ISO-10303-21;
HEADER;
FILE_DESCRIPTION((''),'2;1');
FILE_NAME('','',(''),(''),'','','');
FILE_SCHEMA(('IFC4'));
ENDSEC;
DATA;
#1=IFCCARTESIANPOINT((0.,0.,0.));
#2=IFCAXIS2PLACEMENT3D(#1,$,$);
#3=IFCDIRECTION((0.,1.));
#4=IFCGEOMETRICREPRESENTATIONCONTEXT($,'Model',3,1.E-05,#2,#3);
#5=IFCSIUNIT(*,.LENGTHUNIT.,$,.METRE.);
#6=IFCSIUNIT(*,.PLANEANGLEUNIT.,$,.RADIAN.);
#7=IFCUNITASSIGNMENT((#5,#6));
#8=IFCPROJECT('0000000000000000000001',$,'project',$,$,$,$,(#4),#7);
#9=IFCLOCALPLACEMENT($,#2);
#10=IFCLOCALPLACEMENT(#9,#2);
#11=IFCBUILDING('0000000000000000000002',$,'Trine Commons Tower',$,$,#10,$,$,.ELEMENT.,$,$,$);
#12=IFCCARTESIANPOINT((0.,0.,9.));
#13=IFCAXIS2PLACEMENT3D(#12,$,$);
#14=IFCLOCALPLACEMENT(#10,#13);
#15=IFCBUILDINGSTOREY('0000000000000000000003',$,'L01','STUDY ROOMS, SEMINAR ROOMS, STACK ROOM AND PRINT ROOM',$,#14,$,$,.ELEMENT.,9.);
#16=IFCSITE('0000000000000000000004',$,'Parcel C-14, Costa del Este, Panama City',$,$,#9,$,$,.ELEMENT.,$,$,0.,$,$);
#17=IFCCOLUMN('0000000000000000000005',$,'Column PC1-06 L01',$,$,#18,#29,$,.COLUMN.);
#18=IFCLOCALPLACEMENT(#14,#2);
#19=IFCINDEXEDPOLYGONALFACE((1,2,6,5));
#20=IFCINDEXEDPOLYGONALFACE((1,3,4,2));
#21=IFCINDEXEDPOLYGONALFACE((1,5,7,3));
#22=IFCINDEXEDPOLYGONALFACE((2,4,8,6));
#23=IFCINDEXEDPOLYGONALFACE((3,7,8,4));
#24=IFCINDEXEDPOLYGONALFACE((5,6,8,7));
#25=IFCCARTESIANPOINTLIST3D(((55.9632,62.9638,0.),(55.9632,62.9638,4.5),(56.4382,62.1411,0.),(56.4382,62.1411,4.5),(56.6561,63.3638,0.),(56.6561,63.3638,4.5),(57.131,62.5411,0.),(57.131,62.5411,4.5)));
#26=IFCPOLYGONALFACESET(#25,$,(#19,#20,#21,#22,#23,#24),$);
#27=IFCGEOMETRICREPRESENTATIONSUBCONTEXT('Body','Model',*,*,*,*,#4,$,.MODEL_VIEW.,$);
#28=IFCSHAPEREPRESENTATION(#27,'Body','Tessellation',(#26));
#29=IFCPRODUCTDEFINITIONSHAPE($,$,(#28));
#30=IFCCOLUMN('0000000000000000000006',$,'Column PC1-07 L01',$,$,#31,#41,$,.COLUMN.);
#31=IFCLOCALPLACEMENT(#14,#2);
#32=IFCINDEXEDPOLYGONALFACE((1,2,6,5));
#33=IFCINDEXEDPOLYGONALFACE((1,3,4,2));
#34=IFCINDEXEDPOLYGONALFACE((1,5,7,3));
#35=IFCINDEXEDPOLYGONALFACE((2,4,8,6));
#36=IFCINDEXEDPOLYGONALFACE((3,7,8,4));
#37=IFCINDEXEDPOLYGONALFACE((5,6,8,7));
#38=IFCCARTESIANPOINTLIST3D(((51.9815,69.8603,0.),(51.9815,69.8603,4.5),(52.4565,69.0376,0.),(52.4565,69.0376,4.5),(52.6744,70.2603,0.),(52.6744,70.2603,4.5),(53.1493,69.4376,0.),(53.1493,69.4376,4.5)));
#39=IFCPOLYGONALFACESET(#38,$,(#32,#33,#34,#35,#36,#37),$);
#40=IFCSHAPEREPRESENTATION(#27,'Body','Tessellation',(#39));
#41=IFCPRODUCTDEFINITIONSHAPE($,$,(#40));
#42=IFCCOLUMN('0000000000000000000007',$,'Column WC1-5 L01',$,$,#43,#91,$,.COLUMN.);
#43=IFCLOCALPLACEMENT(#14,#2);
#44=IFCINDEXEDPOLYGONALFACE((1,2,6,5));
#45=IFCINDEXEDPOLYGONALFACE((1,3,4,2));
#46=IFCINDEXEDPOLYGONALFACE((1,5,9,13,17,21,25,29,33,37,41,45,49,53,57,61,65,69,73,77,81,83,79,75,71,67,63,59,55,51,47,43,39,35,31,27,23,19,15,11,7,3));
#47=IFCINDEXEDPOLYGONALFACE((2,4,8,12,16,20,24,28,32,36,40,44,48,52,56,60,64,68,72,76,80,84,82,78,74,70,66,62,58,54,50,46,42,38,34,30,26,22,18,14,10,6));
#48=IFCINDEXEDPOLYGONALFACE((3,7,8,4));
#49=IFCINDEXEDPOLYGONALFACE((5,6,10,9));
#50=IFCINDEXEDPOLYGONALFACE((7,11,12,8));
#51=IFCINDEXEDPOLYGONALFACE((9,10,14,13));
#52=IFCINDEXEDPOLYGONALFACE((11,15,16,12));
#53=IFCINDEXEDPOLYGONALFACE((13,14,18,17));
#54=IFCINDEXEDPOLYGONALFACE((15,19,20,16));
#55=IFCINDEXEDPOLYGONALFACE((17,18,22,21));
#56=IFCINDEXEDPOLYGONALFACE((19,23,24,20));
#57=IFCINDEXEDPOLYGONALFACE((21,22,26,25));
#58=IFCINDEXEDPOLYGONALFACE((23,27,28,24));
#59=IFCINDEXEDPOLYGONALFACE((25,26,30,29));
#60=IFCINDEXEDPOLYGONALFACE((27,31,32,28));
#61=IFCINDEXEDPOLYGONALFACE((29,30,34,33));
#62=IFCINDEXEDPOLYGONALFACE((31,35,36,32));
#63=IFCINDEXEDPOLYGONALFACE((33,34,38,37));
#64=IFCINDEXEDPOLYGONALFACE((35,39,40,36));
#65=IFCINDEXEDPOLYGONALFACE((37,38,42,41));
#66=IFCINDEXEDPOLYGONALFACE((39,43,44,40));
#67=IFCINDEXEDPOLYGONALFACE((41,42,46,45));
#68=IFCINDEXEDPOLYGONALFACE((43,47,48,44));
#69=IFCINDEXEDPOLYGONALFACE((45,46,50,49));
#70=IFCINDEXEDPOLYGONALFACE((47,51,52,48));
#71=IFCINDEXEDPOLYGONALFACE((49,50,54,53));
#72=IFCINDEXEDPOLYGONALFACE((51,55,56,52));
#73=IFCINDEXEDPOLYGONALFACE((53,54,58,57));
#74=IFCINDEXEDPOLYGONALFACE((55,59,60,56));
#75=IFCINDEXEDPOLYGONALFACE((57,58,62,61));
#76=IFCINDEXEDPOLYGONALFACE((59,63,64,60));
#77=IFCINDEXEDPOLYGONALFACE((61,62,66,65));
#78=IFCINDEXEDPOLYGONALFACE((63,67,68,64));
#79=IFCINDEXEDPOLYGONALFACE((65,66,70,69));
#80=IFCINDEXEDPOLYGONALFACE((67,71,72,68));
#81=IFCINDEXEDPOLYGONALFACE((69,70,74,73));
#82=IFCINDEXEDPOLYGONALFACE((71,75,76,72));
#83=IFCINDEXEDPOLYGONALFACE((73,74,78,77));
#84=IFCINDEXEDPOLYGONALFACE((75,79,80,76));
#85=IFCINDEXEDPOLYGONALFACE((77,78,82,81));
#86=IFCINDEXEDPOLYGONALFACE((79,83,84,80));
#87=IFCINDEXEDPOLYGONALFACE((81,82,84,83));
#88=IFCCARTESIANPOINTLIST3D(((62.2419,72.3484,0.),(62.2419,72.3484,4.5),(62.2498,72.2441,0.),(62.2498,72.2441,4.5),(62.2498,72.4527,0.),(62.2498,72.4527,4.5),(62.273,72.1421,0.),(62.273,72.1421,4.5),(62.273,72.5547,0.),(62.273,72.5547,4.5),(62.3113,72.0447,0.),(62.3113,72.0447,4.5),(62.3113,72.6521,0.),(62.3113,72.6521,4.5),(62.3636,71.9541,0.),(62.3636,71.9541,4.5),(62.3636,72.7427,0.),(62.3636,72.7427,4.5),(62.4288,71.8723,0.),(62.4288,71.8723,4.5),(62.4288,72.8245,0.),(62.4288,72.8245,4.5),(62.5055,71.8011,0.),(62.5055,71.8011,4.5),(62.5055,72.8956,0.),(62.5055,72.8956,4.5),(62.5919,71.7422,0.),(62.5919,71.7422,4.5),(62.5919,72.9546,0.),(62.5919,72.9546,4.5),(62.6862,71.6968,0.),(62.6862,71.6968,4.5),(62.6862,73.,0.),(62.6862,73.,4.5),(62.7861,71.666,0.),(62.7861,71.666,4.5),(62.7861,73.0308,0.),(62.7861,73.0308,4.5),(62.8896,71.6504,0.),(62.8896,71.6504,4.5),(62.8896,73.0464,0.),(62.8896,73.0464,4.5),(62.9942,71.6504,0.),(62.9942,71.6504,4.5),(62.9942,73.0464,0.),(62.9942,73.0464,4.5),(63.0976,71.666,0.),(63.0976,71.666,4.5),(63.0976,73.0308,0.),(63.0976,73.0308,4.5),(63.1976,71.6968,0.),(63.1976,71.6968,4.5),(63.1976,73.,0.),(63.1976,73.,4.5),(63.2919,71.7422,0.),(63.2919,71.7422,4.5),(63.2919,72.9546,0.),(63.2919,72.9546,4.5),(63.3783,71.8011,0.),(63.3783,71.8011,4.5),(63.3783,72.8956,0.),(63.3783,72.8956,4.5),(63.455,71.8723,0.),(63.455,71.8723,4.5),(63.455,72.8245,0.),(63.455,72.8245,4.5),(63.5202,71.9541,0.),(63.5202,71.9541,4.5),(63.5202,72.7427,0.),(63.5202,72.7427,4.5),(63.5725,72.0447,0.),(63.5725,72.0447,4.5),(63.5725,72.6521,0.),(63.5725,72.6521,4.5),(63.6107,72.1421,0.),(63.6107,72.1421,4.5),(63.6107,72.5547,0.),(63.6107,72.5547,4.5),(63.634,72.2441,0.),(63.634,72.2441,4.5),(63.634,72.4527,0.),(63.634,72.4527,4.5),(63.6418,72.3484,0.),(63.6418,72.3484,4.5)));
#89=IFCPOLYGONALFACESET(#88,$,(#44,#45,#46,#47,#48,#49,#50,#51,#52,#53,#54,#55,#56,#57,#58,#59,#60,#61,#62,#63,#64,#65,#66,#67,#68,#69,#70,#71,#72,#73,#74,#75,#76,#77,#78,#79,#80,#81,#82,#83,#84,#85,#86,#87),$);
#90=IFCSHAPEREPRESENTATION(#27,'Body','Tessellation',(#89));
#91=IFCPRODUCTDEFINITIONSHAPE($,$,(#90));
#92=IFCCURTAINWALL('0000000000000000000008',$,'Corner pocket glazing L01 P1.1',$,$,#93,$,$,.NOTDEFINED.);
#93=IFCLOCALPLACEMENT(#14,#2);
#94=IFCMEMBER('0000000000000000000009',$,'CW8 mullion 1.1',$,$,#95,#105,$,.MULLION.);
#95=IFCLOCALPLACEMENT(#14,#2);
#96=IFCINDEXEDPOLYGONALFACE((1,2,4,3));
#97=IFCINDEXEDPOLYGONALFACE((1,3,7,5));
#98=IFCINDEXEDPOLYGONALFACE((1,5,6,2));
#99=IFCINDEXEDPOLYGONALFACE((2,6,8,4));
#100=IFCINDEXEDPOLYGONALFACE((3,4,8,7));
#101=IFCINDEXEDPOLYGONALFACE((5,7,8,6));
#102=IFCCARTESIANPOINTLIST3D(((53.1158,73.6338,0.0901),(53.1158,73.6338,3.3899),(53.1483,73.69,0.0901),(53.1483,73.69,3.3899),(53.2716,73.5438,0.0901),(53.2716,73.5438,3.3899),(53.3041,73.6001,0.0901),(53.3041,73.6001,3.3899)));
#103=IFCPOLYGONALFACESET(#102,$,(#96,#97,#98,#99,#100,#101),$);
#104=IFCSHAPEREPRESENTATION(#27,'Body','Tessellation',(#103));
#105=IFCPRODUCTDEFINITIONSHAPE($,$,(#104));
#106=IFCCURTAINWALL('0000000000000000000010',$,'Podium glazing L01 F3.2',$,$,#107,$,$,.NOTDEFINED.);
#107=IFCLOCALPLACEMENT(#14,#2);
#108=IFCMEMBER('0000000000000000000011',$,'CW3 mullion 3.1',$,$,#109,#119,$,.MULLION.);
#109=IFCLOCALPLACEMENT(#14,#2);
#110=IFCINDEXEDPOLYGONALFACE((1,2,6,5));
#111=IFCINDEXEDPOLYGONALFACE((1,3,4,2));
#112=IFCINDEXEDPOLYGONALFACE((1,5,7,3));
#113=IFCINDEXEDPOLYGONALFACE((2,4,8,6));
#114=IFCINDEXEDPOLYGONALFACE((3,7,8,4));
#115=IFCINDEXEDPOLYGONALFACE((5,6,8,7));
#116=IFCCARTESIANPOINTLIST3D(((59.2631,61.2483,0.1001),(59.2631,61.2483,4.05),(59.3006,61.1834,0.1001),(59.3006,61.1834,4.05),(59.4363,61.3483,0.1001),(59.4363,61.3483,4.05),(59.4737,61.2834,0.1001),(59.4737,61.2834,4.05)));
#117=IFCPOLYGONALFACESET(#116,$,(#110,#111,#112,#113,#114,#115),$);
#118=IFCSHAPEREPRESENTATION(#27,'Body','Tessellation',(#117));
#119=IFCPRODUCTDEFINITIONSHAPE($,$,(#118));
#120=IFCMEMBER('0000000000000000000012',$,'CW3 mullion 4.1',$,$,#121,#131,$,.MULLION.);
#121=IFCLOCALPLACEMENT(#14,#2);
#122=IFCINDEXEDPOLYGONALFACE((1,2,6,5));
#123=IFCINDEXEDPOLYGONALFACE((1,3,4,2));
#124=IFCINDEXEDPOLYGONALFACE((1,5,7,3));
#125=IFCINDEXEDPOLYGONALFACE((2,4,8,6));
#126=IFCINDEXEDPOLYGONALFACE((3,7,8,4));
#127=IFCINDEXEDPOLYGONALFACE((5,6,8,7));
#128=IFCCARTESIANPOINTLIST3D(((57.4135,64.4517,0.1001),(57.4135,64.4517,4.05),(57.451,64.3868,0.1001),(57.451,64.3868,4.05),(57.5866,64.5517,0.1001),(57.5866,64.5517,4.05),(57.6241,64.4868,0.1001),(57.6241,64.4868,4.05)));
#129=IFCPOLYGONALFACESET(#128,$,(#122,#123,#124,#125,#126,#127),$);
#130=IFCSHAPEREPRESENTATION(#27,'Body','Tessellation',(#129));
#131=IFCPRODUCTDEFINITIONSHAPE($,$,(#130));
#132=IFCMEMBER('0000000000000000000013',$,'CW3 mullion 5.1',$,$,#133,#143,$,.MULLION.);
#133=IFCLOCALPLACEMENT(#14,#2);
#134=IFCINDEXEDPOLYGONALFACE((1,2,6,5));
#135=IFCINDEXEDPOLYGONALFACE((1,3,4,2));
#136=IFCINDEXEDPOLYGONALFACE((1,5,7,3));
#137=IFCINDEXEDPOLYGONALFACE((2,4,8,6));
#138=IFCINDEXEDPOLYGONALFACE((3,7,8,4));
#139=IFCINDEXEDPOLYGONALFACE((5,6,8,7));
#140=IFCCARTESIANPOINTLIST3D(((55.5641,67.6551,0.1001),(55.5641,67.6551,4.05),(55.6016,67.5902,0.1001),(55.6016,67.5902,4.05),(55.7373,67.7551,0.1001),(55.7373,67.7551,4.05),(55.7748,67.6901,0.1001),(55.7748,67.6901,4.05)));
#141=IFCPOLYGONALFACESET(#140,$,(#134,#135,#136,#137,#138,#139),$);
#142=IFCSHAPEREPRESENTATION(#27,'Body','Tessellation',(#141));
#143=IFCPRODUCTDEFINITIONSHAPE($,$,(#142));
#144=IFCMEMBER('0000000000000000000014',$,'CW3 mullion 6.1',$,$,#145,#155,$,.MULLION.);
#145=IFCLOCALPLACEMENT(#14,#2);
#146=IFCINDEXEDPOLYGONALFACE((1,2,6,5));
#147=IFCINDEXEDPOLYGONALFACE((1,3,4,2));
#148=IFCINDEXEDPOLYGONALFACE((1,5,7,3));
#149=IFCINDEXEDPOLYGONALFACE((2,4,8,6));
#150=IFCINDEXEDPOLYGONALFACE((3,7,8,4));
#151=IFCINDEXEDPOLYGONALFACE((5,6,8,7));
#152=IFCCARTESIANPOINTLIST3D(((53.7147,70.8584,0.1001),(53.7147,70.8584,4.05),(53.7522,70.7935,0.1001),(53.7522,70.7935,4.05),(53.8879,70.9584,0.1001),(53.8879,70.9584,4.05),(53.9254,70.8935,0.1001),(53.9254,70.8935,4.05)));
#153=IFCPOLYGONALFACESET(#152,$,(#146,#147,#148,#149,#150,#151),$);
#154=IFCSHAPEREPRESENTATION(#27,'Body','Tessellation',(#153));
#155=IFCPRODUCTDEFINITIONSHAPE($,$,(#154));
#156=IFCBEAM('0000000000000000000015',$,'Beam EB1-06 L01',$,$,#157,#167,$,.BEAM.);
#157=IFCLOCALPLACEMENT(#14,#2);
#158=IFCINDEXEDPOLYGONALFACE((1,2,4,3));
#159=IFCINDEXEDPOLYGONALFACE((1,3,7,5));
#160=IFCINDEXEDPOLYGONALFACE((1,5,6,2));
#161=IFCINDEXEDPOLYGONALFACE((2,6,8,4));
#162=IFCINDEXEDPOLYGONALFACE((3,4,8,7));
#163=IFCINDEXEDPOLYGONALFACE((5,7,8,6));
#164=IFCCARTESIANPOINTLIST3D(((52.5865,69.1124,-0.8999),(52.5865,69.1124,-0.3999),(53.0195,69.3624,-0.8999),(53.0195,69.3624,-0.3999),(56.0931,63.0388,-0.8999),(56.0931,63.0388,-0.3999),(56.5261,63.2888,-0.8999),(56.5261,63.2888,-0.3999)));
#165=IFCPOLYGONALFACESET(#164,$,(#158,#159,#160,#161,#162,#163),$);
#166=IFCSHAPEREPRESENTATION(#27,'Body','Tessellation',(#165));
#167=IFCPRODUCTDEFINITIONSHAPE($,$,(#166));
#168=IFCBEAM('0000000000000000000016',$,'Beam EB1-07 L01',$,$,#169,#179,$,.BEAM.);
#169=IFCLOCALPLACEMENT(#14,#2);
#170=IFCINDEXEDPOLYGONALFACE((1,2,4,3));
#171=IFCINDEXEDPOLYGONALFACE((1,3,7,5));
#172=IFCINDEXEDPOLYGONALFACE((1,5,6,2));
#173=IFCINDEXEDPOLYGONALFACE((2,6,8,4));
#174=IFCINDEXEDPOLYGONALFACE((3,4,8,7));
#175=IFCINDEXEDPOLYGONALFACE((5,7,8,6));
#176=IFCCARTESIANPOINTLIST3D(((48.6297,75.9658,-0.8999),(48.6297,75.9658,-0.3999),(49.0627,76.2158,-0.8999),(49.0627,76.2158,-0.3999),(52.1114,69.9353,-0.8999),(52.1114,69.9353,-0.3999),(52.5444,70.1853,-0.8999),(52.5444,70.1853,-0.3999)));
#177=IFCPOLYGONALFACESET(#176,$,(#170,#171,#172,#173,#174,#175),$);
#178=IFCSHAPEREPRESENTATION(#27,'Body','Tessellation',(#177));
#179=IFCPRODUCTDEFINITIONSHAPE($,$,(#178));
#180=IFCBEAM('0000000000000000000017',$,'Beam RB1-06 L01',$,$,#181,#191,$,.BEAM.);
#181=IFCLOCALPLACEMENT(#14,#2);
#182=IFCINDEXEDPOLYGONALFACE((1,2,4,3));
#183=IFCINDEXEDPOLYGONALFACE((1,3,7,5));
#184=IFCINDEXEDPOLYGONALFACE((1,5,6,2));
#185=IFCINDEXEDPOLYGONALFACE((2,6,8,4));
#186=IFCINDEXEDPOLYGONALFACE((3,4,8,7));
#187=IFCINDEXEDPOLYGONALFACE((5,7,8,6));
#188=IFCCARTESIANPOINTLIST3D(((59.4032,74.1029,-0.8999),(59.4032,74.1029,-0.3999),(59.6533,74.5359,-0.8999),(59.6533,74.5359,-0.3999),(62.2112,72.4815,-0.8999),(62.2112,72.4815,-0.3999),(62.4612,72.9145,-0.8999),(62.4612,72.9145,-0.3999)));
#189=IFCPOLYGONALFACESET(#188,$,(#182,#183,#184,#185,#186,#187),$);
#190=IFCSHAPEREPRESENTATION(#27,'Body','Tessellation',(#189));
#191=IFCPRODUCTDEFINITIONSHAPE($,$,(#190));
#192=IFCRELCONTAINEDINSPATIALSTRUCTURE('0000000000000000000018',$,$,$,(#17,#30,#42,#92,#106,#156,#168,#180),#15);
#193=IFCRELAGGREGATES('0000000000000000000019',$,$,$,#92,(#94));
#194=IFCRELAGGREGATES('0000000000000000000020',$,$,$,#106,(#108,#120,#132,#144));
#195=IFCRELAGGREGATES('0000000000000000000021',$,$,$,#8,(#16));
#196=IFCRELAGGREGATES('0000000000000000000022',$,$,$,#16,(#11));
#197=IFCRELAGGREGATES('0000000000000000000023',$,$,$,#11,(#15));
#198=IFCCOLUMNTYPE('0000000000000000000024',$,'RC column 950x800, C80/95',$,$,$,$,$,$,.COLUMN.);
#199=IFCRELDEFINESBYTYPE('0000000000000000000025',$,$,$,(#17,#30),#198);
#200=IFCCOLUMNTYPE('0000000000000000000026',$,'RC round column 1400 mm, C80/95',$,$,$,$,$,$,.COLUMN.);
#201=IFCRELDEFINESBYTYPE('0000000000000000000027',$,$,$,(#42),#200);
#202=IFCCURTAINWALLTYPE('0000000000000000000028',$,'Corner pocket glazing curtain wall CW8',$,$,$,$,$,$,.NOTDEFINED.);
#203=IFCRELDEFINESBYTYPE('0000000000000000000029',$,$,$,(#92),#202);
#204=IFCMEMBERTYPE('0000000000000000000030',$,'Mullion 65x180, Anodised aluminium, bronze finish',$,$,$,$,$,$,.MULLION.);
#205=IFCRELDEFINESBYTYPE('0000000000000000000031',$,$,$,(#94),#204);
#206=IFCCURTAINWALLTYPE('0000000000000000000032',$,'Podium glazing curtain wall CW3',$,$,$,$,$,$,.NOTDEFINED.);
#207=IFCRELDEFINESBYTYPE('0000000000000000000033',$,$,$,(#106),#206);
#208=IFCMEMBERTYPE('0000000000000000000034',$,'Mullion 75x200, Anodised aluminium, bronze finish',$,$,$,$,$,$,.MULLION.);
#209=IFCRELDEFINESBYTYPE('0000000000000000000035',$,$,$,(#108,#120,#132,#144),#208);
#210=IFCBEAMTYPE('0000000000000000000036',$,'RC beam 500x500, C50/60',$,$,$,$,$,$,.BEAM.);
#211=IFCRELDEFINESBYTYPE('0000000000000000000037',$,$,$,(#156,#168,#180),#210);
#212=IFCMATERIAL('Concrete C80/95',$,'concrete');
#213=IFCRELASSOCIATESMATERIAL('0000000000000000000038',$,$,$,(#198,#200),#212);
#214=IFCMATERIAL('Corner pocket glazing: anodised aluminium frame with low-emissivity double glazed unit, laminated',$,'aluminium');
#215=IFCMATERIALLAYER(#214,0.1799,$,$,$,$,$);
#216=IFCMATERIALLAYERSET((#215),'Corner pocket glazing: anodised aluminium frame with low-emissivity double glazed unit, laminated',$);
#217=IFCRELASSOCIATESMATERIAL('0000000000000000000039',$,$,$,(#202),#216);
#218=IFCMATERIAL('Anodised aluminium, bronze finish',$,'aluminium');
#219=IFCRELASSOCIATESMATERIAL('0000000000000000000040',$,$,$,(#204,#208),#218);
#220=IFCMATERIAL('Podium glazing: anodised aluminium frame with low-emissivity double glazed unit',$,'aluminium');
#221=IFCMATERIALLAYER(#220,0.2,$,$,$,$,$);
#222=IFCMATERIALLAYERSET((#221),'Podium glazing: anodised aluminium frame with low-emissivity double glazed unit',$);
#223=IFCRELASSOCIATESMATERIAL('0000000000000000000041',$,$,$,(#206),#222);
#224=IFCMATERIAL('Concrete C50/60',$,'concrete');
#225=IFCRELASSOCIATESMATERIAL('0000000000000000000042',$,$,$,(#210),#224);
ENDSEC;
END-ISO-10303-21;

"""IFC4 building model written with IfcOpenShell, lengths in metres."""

from ifc_helpers import new_model, si_unit, direction, frame, origin, origin_2d, place, context, subcontext, project, spatial, rectangle, circle, extrude, material, layer, layer_set, material_profile, profile_set, type_object, element, aggregate, save


model = new_model("IFC4")

# Units and contexts
model_context = context("Model", 3, precision=1e-05, world=origin(), true_north=direction((0.0, 1.0)))
body_context = subcontext(model_context, "Body", "Model", "MODEL_VIEW")
ifc_project = project(units=[si_unit("LENGTHUNIT", "METRE"), si_unit("PLANEANGLEUNIT", "RADIAN")], contexts=[model_context])

# Site, building, storey
site_placement = place(None, origin())
site = spatial("IfcSite", under=ifc_project, at=site_placement, Name="Parcel C-14, Costa del Este, Panama City", CompositionType="ELEMENT", RefElevation=0.0)
building_placement = place(site_placement, origin())
building = spatial("IfcBuilding", under=site, at=building_placement, Name="Trine Commons Tower", CompositionType="ELEMENT")
storey_placement = place(building_placement, frame((0.0, 0.0, 9.0)))
storey = spatial("IfcBuildingStorey", under=building, at=storey_placement, Name="L01", Description="STUDY ROOMS, SEMINAR ROOMS, STACK ROOM AND PRINT ROOM", CompositionType="ELEMENT", Elevation=9.0)

# Columns
ifc_material_1 = material(Name="Concrete C80/95", Category="concrete")
ifc_material_profile_1 = material_profile(ifc_material_1, rectangle(XDim=0.95, YDim=0.8, at=origin_2d()), Name="RC 950x800")
ifc_profile_set_1 = profile_set([ifc_material_profile_1], Name="Concrete C80/95")
column_type_1 = type_object("IfcColumnType", Name="RC column 950x800, C80/95", PredefinedType="COLUMN", material=ifc_profile_set_1)
for number, where, z_axis, x_axis, name in (
    (1, (56.5471, 62.7524, 0.0), (0.0, 0.0, 1.0), (-0.5, 0.866025, 0.0), "Column PC1-06 L01"),
    (2, (52.5654, 69.6489, 0.0), (0.0, 0.0, 1.0), (-0.5, 0.866025, 0.0), "Column PC1-07 L01"),
):
    element("IfcColumn", number, at=place(storey_placement, frame(where, z_axis=z_axis, x_axis=x_axis)), inside=storey, type_object=column_type_1, Name=name, PredefinedType="COLUMN", context=body_context, shape_type="SweptSolid", body=[
        extrude(rectangle(XDim=0.95, YDim=0.8, at=origin_2d()), origin(), (0.0, 0.0, 1.0), 4.5),
    ])
ifc_material_profile_2 = material_profile(ifc_material_1, circle(Radius=0.7, at=origin_2d()), Name="RC round 1400")
ifc_profile_set_2 = profile_set([ifc_material_profile_2], Name="Concrete C80/95")
column_type_2 = type_object("IfcColumnType", Name="RC round column 1400 mm, C80/95", PredefinedType="COLUMN", material=ifc_profile_set_2)
column_placement = place(storey_placement, frame((62.9419, 72.3484, 0.0), z_axis=(0.0, 0.0, 1.0), x_axis=(1.0, 0.0, 0.0)))
element("IfcColumn", 3, at=column_placement, inside=storey, type_object=column_type_2, Name="Column WC1-5 L01", PredefinedType="COLUMN", context=body_context, shape_type="SweptSolid", body=[
    extrude(circle(Radius=0.7, at=origin_2d()), origin(), (0.0, 0.0, 1.0), 4.5),
])

# Curtain wall, member
ifc_material_2 = material(Name="Corner pocket glazing: anodised aluminium frame with low-emissivity double glazed unit, laminated", Category="aluminium")
ifc_layer_1 = layer(ifc_material_2, 0.1799)
ifc_layer_set_1 = layer_set([ifc_layer_1], Name="Corner pocket glazing: anodised aluminium frame with low-emissivity double glazed unit, laminated")
curtain_wall_type_1 = type_object("IfcCurtainWallType", Name="Corner pocket glazing curtain wall CW8", PredefinedType="NOTDEFINED", material=ifc_layer_set_1)
curtain_wall_1_placement = place(storey_placement, origin())
curtain_wall_1 = element("IfcCurtainWall", 4, at=curtain_wall_1_placement, inside=storey, type_object=curtain_wall_type_1, Name="Corner pocket glazing L01 P1.1", PredefinedType="NOTDEFINED")
ifc_material_3 = material(Name="Anodised aluminium, bronze finish", Category="aluminium")
ifc_material_profile_3 = material_profile(ifc_material_3, rectangle(XDim=0.1799, YDim=0.0649, at=origin_2d()), Name="Mullion 65x180")
ifc_profile_set_3 = profile_set([ifc_material_profile_3], Name="Anodised aluminium, bronze finish")
member_type_1 = type_object("IfcMemberType", Name="Mullion 65x180, Anodised aluminium, bronze finish", PredefinedType="MULLION", material=ifc_profile_set_3)
member_1_placement = place(storey_placement, frame((53.21, 73.6169, 0.0901), z_axis=(0.0, 0.0, 1.0), x_axis=(-0.866025, 0.5, 0.0)))
member_1 = element("IfcMember", 5, at=member_1_placement, type_object=member_type_1, Name="CW8 mullion 1.1", PredefinedType="MULLION", context=body_context, shape_type="SweptSolid", body=[
    extrude(rectangle(XDim=0.1799, YDim=0.0649, at=origin_2d()), origin(), (0.0, 0.0, 1.0), 3.2998),
])

# Curtain wall, members
ifc_material_4 = material(Name="Podium glazing: anodised aluminium frame with low-emissivity double glazed unit", Category="aluminium")
ifc_layer_2 = layer(ifc_material_4, 0.2)
ifc_layer_set_2 = layer_set([ifc_layer_2], Name="Podium glazing: anodised aluminium frame with low-emissivity double glazed unit")
curtain_wall_type_2 = type_object("IfcCurtainWallType", Name="Podium glazing curtain wall CW3", PredefinedType="NOTDEFINED", material=ifc_layer_set_2)
curtain_wall_2_placement = place(storey_placement, origin())
curtain_wall_2 = element("IfcCurtainWall", 6, at=curtain_wall_2_placement, inside=storey, type_object=curtain_wall_type_2, Name="Podium glazing L01 F3.2", PredefinedType="NOTDEFINED")
ifc_material_profile_4 = material_profile(ifc_material_3, rectangle(XDim=0.2, YDim=0.075, at=origin_2d()), Name="Mullion 75x200")
ifc_profile_set_4 = profile_set([ifc_material_profile_4], Name="Anodised aluminium, bronze finish")
member_type_2 = type_object("IfcMemberType", Name="Mullion 75x200, Anodised aluminium, bronze finish", PredefinedType="MULLION", material=ifc_profile_set_4)
member_2_placement = place(storey_placement, frame((59.3684, 61.2659, 0.1001), z_axis=(0.0, 0.0, 1.0), x_axis=(-0.866025, -0.5, 0.0)))
member_2 = element("IfcMember", 7, at=member_2_placement, type_object=member_type_2, Name="CW3 mullion 3.1", PredefinedType="MULLION", context=body_context, shape_type="SweptSolid", body=[
    extrude(rectangle(XDim=0.2, YDim=0.075, at=origin_2d()), origin(), (0.0, 0.0, 1.0), 3.95),
])
member_3_placement = place(storey_placement, frame((57.5188, 64.4692, 0.1001), z_axis=(0.0, 0.0, 1.0), x_axis=(-0.866025, -0.5, 0.0)))
member_3 = element("IfcMember", 8, at=member_3_placement, type_object=member_type_2, Name="CW3 mullion 4.1", PredefinedType="MULLION", context=body_context, shape_type="SweptSolid", body=[
    extrude(rectangle(XDim=0.2, YDim=0.075, at=origin_2d()), origin(), (0.0, 0.0, 1.0), 3.95),
])
member_4_placement = place(storey_placement, frame((55.6694, 67.6726, 0.1001), z_axis=(0.0, 0.0, 1.0), x_axis=(-0.866025, -0.5, 0.0)))
member_4 = element("IfcMember", 9, at=member_4_placement, type_object=member_type_2, Name="CW3 mullion 5.1", PredefinedType="MULLION", context=body_context, shape_type="SweptSolid", body=[
    extrude(rectangle(XDim=0.2, YDim=0.075, at=origin_2d()), origin(), (0.0, 0.0, 1.0), 3.95),
])
member_5_placement = place(storey_placement, frame((53.8201, 70.876, 0.1001), z_axis=(0.0, 0.0, 1.0), x_axis=(-0.866025, -0.5, 0.0)))
member_5 = element("IfcMember", 10, at=member_5_placement, type_object=member_type_2, Name="CW3 mullion 6.1", PredefinedType="MULLION", context=body_context, shape_type="SweptSolid", body=[
    extrude(rectangle(XDim=0.2, YDim=0.075, at=origin_2d()), origin(), (0.0, 0.0, 1.0), 3.95),
])

# Beams
ifc_material_5 = material(Name="Concrete C50/60", Category="concrete")
ifc_material_profile_5 = material_profile(ifc_material_5, rectangle(XDim=0.5, YDim=0.5, at=origin_2d()), Name="RC 500x500")
ifc_profile_set_5 = profile_set([ifc_material_profile_5], Name="Concrete C50/60")
beam_type = type_object("IfcBeamType", Name="RC beam 500x500, C50/60", PredefinedType="BEAM", material=ifc_profile_set_5)
beam_1_placement = place(storey_placement, frame((56.3096, 63.1638, -0.6499), z_axis=(-0.499992, 0.86603, 0.0), x_axis=(-0.86603, -0.499992, 0.0)))
element("IfcBeam", 11, at=beam_1_placement, inside=storey, type_object=beam_type, Name="Beam EB1-06 L01", PredefinedType="BEAM", context=body_context, shape_type="SweptSolid", body=[
    extrude(rectangle(XDim=0.5, YDim=0.5, at=origin_2d()), origin(), (0.0, 0.0, 1.0), 7.0132),
])
beam_2_placement = place(storey_placement, frame((52.3279, 70.0603, -0.6499), z_axis=(-0.499997, 0.866027, 0.0), x_axis=(-0.866027, -0.499997, 0.0)))
element("IfcBeam", 12, at=beam_2_placement, inside=storey, type_object=beam_type, Name="Beam EB1-07 L01", PredefinedType="BEAM", context=body_context, shape_type="SweptSolid", body=[
    extrude(rectangle(XDim=0.5, YDim=0.5, at=origin_2d()), origin(), (0.0, 0.0, 1.0), 6.9634),
])
beam_3_placement = place(storey_placement, frame((62.3362, 72.698, -0.6499), z_axis=(-0.865996, 0.500051, 0.0), x_axis=(-0.500051, -0.865996, 0.0)))
element("IfcBeam", 13, at=beam_3_placement, inside=storey, type_object=beam_type, Name="Beam RB1-06 L01", PredefinedType="BEAM", context=body_context, shape_type="SweptSolid", body=[
    extrude(rectangle(XDim=0.5, YDim=0.5, at=origin_2d()), origin(), (0.0, 0.0, 1.0), 3.2424),
])

aggregate(curtain_wall_1, [member_1])

aggregate(curtain_wall_2, [member_2, member_3, member_4, member_5])

save(model, "model.ifc")
